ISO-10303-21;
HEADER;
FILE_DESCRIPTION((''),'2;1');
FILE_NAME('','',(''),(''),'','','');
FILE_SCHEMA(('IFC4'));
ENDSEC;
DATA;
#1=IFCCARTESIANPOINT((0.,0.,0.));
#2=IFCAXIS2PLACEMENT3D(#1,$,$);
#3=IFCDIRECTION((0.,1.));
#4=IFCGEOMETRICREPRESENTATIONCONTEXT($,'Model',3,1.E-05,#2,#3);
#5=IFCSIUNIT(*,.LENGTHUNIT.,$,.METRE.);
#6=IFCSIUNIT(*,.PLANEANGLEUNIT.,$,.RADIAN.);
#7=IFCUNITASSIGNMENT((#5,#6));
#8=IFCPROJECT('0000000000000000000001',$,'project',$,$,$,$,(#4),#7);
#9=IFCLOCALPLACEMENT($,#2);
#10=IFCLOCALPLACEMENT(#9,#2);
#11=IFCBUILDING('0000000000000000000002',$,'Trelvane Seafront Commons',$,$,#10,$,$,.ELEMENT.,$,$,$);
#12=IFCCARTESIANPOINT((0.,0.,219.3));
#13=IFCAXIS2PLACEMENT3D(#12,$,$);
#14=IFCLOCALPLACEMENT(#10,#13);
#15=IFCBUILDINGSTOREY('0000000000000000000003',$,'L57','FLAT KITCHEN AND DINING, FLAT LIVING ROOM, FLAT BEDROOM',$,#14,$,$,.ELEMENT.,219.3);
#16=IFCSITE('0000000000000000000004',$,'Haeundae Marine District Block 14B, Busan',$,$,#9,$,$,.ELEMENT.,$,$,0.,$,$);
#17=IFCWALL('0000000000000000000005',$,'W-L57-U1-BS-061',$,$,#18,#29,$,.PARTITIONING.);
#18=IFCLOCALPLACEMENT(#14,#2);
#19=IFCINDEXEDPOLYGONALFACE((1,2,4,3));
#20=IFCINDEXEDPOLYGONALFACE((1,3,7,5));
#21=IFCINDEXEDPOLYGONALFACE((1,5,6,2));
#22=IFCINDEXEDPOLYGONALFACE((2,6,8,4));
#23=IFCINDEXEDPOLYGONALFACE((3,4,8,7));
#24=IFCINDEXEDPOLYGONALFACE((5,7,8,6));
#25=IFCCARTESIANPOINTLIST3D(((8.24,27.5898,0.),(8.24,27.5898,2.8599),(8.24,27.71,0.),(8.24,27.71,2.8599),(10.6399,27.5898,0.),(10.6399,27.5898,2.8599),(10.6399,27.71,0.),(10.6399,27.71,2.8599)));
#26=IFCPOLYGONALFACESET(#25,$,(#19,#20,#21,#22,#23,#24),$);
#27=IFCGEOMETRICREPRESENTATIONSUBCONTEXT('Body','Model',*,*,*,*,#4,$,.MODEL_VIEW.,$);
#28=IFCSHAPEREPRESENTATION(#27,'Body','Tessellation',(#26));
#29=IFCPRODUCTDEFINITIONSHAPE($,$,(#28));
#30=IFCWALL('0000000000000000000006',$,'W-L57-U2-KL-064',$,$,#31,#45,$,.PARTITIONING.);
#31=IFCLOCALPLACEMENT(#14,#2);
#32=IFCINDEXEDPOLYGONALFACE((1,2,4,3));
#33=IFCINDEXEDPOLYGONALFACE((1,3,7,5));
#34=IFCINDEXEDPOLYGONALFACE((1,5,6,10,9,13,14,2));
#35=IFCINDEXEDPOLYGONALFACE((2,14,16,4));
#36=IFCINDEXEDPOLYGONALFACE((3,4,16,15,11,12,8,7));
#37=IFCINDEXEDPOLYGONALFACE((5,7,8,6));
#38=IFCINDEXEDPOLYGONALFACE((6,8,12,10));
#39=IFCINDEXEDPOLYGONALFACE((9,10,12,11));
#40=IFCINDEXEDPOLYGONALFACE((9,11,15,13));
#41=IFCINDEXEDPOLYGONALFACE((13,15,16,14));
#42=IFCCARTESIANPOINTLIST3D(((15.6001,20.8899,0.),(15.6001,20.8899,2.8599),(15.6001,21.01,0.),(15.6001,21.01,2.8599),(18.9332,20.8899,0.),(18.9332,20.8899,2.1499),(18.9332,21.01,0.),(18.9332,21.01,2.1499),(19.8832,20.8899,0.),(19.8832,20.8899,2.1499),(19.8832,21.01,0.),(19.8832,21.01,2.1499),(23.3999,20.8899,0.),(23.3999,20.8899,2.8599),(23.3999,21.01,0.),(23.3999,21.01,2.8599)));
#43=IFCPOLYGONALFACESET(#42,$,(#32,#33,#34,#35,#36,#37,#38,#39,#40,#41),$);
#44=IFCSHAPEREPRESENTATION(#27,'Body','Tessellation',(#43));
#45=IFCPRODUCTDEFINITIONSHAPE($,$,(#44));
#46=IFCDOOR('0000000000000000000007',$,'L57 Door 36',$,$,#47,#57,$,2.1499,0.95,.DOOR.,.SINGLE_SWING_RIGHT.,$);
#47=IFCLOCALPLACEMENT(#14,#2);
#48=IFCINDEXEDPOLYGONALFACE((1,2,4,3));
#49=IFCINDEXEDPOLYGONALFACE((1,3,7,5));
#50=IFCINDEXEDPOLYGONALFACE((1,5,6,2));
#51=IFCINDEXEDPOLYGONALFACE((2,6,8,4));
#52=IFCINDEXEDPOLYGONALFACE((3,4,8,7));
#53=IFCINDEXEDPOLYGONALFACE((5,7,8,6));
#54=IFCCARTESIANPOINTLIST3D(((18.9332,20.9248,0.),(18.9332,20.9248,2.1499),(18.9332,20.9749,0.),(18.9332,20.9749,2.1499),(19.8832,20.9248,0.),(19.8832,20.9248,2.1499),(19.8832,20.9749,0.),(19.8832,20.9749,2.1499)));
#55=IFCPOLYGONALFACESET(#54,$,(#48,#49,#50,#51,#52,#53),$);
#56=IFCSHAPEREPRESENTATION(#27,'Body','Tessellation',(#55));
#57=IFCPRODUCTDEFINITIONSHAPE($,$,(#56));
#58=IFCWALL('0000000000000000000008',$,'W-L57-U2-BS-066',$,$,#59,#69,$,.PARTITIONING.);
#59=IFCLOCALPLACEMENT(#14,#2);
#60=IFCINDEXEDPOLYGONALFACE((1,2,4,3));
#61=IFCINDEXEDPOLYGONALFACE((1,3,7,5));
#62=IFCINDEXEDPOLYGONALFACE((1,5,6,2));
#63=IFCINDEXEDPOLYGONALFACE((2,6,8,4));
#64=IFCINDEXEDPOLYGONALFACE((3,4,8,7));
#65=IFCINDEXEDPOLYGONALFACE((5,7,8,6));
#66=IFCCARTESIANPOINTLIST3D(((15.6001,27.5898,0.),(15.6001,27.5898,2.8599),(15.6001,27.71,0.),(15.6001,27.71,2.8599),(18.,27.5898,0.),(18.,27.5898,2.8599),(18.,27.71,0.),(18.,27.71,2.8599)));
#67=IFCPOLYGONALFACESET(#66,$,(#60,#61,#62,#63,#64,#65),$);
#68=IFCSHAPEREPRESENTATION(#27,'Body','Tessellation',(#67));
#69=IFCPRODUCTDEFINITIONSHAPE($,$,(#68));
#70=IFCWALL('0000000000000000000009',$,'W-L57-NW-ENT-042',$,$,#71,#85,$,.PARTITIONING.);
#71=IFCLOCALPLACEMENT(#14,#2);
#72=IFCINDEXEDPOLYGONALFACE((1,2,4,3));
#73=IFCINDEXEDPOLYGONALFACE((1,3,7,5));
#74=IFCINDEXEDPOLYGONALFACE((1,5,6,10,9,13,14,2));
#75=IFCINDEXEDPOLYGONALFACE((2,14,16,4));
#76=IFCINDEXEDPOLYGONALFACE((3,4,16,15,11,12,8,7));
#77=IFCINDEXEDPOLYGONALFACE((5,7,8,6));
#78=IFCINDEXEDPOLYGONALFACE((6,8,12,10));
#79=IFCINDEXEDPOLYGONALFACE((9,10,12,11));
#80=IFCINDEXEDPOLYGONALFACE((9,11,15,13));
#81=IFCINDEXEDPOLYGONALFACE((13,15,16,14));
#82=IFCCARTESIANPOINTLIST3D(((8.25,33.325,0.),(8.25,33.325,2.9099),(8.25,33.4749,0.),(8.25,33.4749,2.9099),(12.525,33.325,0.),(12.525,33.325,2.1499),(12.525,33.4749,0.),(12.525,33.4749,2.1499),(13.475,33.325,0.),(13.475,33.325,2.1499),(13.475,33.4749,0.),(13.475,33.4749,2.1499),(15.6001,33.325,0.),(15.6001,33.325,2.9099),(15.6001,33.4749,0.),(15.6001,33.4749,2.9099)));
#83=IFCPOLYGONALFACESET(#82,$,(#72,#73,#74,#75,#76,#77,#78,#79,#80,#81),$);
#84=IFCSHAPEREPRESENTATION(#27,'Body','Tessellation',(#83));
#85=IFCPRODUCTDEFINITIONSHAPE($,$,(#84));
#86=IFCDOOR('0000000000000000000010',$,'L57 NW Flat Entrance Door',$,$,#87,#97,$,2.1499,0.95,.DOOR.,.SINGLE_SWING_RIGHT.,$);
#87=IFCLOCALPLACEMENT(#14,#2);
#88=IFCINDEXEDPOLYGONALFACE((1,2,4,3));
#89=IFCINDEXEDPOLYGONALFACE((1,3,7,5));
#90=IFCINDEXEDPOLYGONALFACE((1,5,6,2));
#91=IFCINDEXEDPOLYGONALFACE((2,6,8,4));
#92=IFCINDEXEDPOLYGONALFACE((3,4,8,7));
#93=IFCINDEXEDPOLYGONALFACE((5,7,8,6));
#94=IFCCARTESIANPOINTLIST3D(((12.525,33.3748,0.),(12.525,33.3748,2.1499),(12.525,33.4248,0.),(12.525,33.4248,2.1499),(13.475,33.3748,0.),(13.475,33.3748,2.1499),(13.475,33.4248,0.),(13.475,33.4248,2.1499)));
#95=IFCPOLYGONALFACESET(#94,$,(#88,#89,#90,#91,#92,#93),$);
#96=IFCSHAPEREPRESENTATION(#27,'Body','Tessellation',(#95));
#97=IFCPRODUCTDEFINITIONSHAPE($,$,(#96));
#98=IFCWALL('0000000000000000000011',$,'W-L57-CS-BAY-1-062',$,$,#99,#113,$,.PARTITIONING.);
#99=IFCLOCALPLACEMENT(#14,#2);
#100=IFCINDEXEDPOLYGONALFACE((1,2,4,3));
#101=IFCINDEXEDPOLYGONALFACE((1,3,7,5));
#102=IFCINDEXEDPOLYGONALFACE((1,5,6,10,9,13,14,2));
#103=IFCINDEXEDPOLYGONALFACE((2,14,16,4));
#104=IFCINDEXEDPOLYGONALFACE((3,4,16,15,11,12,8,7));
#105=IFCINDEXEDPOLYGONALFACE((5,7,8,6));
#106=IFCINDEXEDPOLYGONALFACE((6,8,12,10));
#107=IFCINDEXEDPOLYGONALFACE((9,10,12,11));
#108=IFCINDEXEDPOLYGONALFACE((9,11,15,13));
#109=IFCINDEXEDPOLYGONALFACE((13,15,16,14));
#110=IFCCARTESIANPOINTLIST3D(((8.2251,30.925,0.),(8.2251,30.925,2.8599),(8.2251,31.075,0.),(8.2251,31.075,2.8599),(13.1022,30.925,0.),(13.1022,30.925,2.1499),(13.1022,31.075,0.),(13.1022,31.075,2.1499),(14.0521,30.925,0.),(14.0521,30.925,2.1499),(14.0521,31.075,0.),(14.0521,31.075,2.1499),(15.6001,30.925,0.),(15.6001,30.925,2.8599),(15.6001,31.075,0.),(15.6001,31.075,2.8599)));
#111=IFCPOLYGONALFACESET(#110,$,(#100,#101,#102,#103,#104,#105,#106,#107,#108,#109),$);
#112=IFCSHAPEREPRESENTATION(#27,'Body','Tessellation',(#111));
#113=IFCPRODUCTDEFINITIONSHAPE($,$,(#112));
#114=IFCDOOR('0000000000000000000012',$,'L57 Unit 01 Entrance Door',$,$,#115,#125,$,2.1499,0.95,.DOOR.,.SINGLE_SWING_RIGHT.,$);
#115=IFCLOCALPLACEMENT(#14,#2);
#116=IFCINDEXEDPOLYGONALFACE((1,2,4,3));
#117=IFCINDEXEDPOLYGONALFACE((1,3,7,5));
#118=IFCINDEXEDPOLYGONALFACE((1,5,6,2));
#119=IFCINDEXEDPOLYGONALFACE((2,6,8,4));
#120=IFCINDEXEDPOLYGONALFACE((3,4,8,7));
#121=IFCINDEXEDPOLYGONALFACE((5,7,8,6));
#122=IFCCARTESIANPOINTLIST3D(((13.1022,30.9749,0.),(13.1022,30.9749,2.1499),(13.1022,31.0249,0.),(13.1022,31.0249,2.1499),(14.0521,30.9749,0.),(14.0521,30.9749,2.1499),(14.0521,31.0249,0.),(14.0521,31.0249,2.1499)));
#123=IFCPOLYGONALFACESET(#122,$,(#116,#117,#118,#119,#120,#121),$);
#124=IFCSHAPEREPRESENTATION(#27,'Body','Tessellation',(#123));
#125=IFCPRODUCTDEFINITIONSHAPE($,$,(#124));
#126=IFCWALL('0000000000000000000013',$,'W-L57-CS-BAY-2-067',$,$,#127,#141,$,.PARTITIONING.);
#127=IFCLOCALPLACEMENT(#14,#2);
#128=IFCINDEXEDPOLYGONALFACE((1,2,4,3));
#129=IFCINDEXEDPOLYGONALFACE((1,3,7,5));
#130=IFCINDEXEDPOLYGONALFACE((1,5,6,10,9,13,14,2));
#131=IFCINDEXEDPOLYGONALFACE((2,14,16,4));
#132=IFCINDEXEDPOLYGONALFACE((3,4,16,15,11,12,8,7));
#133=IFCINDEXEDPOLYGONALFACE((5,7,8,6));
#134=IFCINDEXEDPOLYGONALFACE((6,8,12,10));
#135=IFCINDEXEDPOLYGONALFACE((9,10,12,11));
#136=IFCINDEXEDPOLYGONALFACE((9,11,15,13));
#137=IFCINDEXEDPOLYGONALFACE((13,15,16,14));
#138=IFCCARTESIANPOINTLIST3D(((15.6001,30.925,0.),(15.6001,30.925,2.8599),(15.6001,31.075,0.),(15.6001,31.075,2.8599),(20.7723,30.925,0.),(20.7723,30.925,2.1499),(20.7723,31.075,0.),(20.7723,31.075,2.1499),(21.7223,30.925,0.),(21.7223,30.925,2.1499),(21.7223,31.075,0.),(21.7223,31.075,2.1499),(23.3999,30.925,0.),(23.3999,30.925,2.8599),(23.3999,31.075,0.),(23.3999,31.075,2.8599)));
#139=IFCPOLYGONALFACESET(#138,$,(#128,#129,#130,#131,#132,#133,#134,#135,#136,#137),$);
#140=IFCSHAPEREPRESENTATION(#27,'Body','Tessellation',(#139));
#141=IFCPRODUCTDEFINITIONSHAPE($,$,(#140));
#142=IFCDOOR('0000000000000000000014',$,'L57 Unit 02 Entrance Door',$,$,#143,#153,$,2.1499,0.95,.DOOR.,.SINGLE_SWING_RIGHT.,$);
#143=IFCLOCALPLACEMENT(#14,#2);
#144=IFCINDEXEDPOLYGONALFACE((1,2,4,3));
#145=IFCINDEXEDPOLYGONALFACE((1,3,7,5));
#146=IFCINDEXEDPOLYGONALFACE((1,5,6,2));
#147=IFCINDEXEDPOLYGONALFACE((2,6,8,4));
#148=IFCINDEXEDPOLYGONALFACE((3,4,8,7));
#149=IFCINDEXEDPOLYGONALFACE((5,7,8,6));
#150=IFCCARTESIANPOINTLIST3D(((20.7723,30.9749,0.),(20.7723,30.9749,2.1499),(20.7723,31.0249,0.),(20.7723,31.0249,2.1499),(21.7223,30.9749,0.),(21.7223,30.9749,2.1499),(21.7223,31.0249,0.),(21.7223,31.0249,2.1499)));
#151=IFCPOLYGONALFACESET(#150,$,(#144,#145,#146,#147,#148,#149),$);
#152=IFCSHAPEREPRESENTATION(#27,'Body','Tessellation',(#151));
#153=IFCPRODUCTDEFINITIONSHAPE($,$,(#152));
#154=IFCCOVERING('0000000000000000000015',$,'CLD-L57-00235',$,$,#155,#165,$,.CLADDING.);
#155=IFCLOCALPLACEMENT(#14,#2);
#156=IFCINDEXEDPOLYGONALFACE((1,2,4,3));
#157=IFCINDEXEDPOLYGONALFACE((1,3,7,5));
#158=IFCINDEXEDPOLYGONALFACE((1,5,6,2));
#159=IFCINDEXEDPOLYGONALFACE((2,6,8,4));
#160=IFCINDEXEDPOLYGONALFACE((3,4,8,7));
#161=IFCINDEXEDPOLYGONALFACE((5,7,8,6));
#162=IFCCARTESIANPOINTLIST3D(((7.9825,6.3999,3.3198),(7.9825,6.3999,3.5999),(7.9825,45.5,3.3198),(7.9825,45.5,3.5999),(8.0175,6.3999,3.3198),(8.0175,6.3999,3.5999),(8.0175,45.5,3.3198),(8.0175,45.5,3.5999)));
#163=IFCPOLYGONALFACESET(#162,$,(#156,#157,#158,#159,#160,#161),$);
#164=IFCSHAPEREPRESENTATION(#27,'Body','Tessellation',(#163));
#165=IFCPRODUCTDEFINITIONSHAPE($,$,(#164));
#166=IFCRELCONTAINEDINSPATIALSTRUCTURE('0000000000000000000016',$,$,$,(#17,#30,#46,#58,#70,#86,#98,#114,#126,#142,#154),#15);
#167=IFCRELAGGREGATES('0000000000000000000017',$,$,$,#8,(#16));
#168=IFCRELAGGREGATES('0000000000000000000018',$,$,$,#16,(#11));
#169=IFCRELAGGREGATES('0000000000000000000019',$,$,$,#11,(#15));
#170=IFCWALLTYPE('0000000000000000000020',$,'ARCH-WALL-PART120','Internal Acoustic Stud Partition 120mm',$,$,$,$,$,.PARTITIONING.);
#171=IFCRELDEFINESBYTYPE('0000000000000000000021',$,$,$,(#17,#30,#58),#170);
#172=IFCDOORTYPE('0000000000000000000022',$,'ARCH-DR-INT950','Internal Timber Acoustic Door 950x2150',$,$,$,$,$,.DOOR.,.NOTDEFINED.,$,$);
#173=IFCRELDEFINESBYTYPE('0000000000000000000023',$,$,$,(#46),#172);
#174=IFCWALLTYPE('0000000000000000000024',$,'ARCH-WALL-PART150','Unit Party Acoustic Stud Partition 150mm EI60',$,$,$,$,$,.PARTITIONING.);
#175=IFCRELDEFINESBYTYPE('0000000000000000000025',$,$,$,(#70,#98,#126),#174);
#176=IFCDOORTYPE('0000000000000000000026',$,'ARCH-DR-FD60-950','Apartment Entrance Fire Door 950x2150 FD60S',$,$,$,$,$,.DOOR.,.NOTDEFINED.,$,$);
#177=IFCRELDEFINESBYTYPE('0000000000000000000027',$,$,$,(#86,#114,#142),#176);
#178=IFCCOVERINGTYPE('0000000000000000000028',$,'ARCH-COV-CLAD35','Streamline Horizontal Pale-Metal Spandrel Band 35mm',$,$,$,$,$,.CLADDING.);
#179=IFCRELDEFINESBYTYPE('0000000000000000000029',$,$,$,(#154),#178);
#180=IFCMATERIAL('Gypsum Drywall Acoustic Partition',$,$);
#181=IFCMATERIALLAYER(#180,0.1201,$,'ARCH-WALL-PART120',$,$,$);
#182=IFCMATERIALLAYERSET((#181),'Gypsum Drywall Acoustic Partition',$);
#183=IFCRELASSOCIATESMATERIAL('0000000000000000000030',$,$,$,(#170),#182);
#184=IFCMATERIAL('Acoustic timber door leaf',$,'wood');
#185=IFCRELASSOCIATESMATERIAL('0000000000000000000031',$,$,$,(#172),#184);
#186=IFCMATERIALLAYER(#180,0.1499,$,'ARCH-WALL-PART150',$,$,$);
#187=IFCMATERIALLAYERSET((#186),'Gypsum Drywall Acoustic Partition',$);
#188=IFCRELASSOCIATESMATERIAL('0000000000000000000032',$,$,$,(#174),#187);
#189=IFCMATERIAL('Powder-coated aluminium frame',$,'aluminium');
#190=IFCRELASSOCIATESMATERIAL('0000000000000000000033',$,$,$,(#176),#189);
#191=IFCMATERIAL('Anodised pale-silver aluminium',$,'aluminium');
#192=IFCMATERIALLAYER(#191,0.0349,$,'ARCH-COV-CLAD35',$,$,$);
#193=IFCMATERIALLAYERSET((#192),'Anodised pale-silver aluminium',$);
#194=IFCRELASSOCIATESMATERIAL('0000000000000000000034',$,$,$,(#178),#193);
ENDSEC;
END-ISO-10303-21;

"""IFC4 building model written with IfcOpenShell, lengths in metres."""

from ifc_helpers import new_model, si_unit, direction, frame, frame_2d, origin, origin_2d, place, context, subcontext, project, spatial, rectangle, extrude, source, transform, mapped, material, layer, layer_set, type_object, element, fill, save


model = new_model("IFC4")

# Units and contexts
model_context = context("Model", 3, precision=1e-05, world=origin(), true_north=direction((0.0, 1.0)))
body_context = subcontext(model_context, "Body", "Model", "MODEL_VIEW")
ifc_project = project(units=[si_unit("LENGTHUNIT", "METRE"), si_unit("PLANEANGLEUNIT", "RADIAN")], contexts=[model_context])

# Site, building, storey
site_placement = place(None, origin())
site = spatial("IfcSite", under=ifc_project, at=site_placement, Name="Haeundae Marine District Block 14B, Busan", CompositionType="ELEMENT", RefElevation=0.0)
building_placement = place(site_placement, origin())
building = spatial("IfcBuilding", under=site, at=building_placement, Name="Trelvane Seafront Commons", CompositionType="ELEMENT")
storey_placement = place(building_placement, frame((0.0, 0.0, 219.3)))
storey = spatial("IfcBuildingStorey", under=building, at=storey_placement, Name="L57", Description="FLAT KITCHEN AND DINING, FLAT LIVING ROOM, FLAT BEDROOM", CompositionType="ELEMENT", Elevation=219.3)

# Shared definitions
ifc_material_1 = material(Name="Gypsum Drywall Acoustic Partition")
ifc_layer_1 = layer(ifc_material_1, 0.1201, Name="ARCH-WALL-PART120")
ifc_layer_set_1 = layer_set([ifc_layer_1], Name="Gypsum Drywall Acoustic Partition")
wall_type_1 = type_object("IfcWallType", Name="ARCH-WALL-PART120", Description="Internal Acoustic Stud Partition 120mm", PredefinedType="PARTITIONING", material=ifc_layer_set_1)
ifc_material_2 = material(Name="Acoustic timber door leaf", Category="wood")
door_type_1 = type_object("IfcDoorType", Name="ARCH-DR-INT950", Description="Internal Timber Acoustic Door 950x2150", OperationType="NOTDEFINED", PredefinedType="DOOR", material=ifc_material_2)
shared_shape_1 = source(origin(), body_context, "Body", "SweptSolid", [
    extrude(rectangle(XDim=0.95, YDim=2.1499, at=frame_2d((0.4751, 1.075))), frame((0.0, 0.0249, 0.0), z_axis=(0.0, -1.0, 0.0), x_axis=(1.0, 0.0, 0.0)), (0.0, 0.0, 1.0), 0.05),
])

# Wall
wall_1_placement = place(storey_placement, frame((8.24, 27.6499, 0.0), z_axis=(0.0, 0.0, 1.0), x_axis=(1.0, 0.0, 0.0)))
element("IfcWall", 1, at=wall_1_placement, inside=storey, type_object=wall_type_1, Name="W-L57-U1-BS-061", PredefinedType="PARTITIONING", context=body_context, shape_type="SweptSolid", body=[
    extrude(rectangle(XDim=2.3999, YDim=0.1201, at=frame_2d((1.2, 0.0))), origin(), (0.0, 0.0, 1.0), 2.8599),
])

# Wall, opening, door
wall_2_placement = place(storey_placement, frame((15.6001, 20.95, 0.0), z_axis=(0.0, 0.0, 1.0), x_axis=(1.0, 0.0, 0.0)))
wall_2 = element("IfcWall", 2, at=wall_2_placement, inside=storey, type_object=wall_type_1, Name="W-L57-U2-KL-064", PredefinedType="PARTITIONING", context=body_context, shape_type="SweptSolid", body=[
    extrude(rectangle(XDim=7.7998, YDim=0.1201, at=frame_2d((3.8999, 0.0))), origin(), (0.0, 0.0, 1.0), 2.8599),
])
opening_1_placement = place(wall_2_placement, frame((3.333, 0.0, 0.0)))
opening_1 = element("IfcOpeningElement", 3, at=opening_1_placement, cuts=wall_2, PredefinedType="OPENING", context=body_context, shape_type="SweptSolid", body=[
    extrude(rectangle(XDim=0.95, YDim=2.1499, at=frame_2d((0.4751, 1.075))), frame((0.0, 0.0701, 0.0), z_axis=(0.0, -1.0, 0.0), x_axis=(1.0, 0.0, 0.0)), (0.0, 0.0, 1.0), 0.1401),
])
door_1_placement = place(opening_1_placement, origin())
door_1 = element("IfcDoor", 4, at=door_1_placement, inside=storey, type_object=door_type_1, Name="L57 Door 36", OperationType="SINGLE_SWING_RIGHT", OverallHeight=2.1499, OverallWidth=0.95, PredefinedType="DOOR", context=body_context, shape_type="MappedRepresentation", body=[
    mapped(shared_shape_1, transform((0.0, 0.0, 0.0), x_axis=(1.0, 0.0, 0.0), y_axis=(0.0, 1.0, 0.0), z_axis=(0.0, 0.0, 1.0), scale=1.0)),
])
fill(opening_1, door_1)

# Wall
wall_3_placement = place(storey_placement, frame((15.6001, 27.6499, 0.0), z_axis=(0.0, 0.0, 1.0), x_axis=(1.0, 0.0, 0.0)))
element("IfcWall", 5, at=wall_3_placement, inside=storey, type_object=wall_type_1, Name="W-L57-U2-BS-066", PredefinedType="PARTITIONING", context=body_context, shape_type="SweptSolid", body=[
    extrude(rectangle(XDim=2.3999, YDim=0.1201, at=frame_2d((1.2, 0.0))), origin(), (0.0, 0.0, 1.0), 2.8599),
])

# Walls, openings, doors
ifc_layer_2 = layer(ifc_material_1, 0.1499, Name="ARCH-WALL-PART150")
ifc_layer_set_2 = layer_set([ifc_layer_2], Name="Gypsum Drywall Acoustic Partition")
wall_type_2 = type_object("IfcWallType", Name="ARCH-WALL-PART150", Description="Unit Party Acoustic Stud Partition 150mm EI60", PredefinedType="PARTITIONING", material=ifc_layer_set_2)
wall_4_placement = place(storey_placement, frame((8.25, 33.3999, 0.0), z_axis=(0.0, 0.0, 1.0), x_axis=(1.0, 0.0, 0.0)))
wall_4 = element("IfcWall", 6, at=wall_4_placement, inside=storey, type_object=wall_type_2, Name="W-L57-NW-ENT-042", PredefinedType="PARTITIONING", context=body_context, shape_type="SweptSolid", body=[
    extrude(rectangle(XDim=7.3501, YDim=0.1499, at=frame_2d((3.675, 0.0))), origin(), (0.0, 0.0, 1.0), 2.9099),
])
opening_2_placement = place(wall_4_placement, frame((4.2749, 0.0, 0.0)))
opening_2 = element("IfcOpeningElement", 7, at=opening_2_placement, cuts=wall_4, PredefinedType="OPENING", context=body_context, shape_type="SweptSolid", body=[
    extrude(rectangle(XDim=0.95, YDim=2.1499, at=frame_2d((0.4751, 1.075))), frame((0.0, 0.085, 0.0), z_axis=(0.0, -1.0, 0.0), x_axis=(1.0, 0.0, 0.0)), (0.0, 0.0, 1.0), 0.1699),
])
ifc_material_3 = material(Name="Powder-coated aluminium frame", Category="aluminium")
door_type_2 = type_object("IfcDoorType", Name="ARCH-DR-FD60-950", Description="Apartment Entrance Fire Door 950x2150 FD60S", OperationType="NOTDEFINED", PredefinedType="DOOR", material=ifc_material_3)
door_2_placement = place(opening_2_placement, origin())
door_2 = element("IfcDoor", 8, at=door_2_placement, inside=storey, type_object=door_type_2, Name="L57 NW Flat Entrance Door", OperationType="SINGLE_SWING_RIGHT", OverallHeight=2.1499, OverallWidth=0.95, PredefinedType="DOOR", context=body_context, shape_type="MappedRepresentation", body=[
    mapped(shared_shape_1, transform((0.0, 0.0, 0.0), x_axis=(1.0, 0.0, 0.0), y_axis=(0.0, 1.0, 0.0), z_axis=(0.0, 0.0, 1.0), scale=1.0)),
])
fill(opening_2, door_2)
wall_5_placement = place(storey_placement, frame((8.2251, 31.0, 0.0), z_axis=(0.0, 0.0, 1.0), x_axis=(1.0, 0.0, 0.0)))
wall_5 = element("IfcWall", 9, at=wall_5_placement, inside=storey, type_object=wall_type_2, Name="W-L57-CS-BAY-1-062", PredefinedType="PARTITIONING", context=body_context, shape_type="SweptSolid", body=[
    extrude(rectangle(XDim=7.375, YDim=0.1499, at=frame_2d((3.6875, 0.0))), origin(), (0.0, 0.0, 1.0), 2.8599),
])
opening_3_placement = place(wall_5_placement, frame((4.877, 0.0, 0.0)))
opening_3 = element("IfcOpeningElement", 10, at=opening_3_placement, cuts=wall_5, PredefinedType="OPENING", context=body_context, shape_type="SweptSolid", body=[
    extrude(rectangle(XDim=0.95, YDim=2.1499, at=frame_2d((0.4751, 1.075))), frame((0.0, 0.085, 0.0), z_axis=(0.0, -1.0, 0.0), x_axis=(1.0, 0.0, 0.0)), (0.0, 0.0, 1.0), 0.1699),
])
door_3_placement = place(opening_3_placement, origin())
door_3 = element("IfcDoor", 11, at=door_3_placement, inside=storey, type_object=door_type_2, Name="L57 Unit 01 Entrance Door", OperationType="SINGLE_SWING_RIGHT", OverallHeight=2.1499, OverallWidth=0.95, PredefinedType="DOOR", context=body_context, shape_type="MappedRepresentation", body=[
    mapped(shared_shape_1, transform((0.0, 0.0, 0.0), x_axis=(1.0, 0.0, 0.0), y_axis=(0.0, 1.0, 0.0), z_axis=(0.0, 0.0, 1.0), scale=1.0)),
])
fill(opening_3, door_3)
wall_6_placement = place(storey_placement, frame((15.6001, 31.0, 0.0), z_axis=(0.0, 0.0, 1.0), x_axis=(1.0, 0.0, 0.0)))
wall_6 = element("IfcWall", 12, at=wall_6_placement, inside=storey, type_object=wall_type_2, Name="W-L57-CS-BAY-2-067", PredefinedType="PARTITIONING", context=body_context, shape_type="SweptSolid", body=[
    extrude(rectangle(XDim=7.7998, YDim=0.1499, at=frame_2d((3.8999, 0.0))), origin(), (0.0, 0.0, 1.0), 2.8599),
])
opening_4_placement = place(wall_6_placement, frame((5.1721, 0.0, 0.0)))
opening_4 = element("IfcOpeningElement", 13, at=opening_4_placement, cuts=wall_6, PredefinedType="OPENING", context=body_context, shape_type="SweptSolid", body=[
    extrude(rectangle(XDim=0.95, YDim=2.1499, at=frame_2d((0.4751, 1.075))), frame((0.0, 0.085, 0.0), z_axis=(0.0, -1.0, 0.0), x_axis=(1.0, 0.0, 0.0)), (0.0, 0.0, 1.0), 0.1699),
])
door_4_placement = place(opening_4_placement, origin())
door_4 = element("IfcDoor", 14, at=door_4_placement, inside=storey, type_object=door_type_2, Name="L57 Unit 02 Entrance Door", OperationType="SINGLE_SWING_RIGHT", OverallHeight=2.1499, OverallWidth=0.95, PredefinedType="DOOR", context=body_context, shape_type="MappedRepresentation", body=[
    mapped(shared_shape_1, transform((0.0, 0.0, 0.0), x_axis=(1.0, 0.0, 0.0), y_axis=(0.0, 1.0, 0.0), z_axis=(0.0, 0.0, 1.0), scale=1.0)),
])
fill(opening_4, door_4)

# Covering
ifc_material_4 = material(Name="Anodised pale-silver aluminium", Category="aluminium")
ifc_layer_3 = layer(ifc_material_4, 0.0349, Name="ARCH-COV-CLAD35")
ifc_layer_set_3 = layer_set([ifc_layer_3], Name="Anodised pale-silver aluminium")
covering_type = type_object("IfcCoveringType", Name="ARCH-COV-CLAD35", Description="Streamline Horizontal Pale-Metal Spandrel Band 35mm", PredefinedType="CLADDING", material=ifc_layer_set_3)
shared_shape_2 = source(origin(), body_context, "Body", "SweptSolid", [
    extrude(rectangle(XDim=39.1001, YDim=0.0349, at=origin_2d()), origin(), (0.0, 0.0, 1.0), 0.28),
])
covering_placement = place(storey_placement, frame((8.0, 25.95, 3.3198), z_axis=(0.0, 0.0, 1.0), x_axis=(0.0, 1.0, 0.0)))
element("IfcCovering", 15, at=covering_placement, inside=storey, type_object=covering_type, Name="CLD-L57-00235", PredefinedType="CLADDING", context=body_context, shape_type="MappedRepresentation", body=[
    mapped(shared_shape_2, transform((0.0, 0.0, 0.0), x_axis=(1.0, 0.0, 0.0), y_axis=(0.0, 1.0, 0.0), z_axis=(0.0, 0.0, 1.0), scale=1.0)),
])

save(model, "model.ifc")
